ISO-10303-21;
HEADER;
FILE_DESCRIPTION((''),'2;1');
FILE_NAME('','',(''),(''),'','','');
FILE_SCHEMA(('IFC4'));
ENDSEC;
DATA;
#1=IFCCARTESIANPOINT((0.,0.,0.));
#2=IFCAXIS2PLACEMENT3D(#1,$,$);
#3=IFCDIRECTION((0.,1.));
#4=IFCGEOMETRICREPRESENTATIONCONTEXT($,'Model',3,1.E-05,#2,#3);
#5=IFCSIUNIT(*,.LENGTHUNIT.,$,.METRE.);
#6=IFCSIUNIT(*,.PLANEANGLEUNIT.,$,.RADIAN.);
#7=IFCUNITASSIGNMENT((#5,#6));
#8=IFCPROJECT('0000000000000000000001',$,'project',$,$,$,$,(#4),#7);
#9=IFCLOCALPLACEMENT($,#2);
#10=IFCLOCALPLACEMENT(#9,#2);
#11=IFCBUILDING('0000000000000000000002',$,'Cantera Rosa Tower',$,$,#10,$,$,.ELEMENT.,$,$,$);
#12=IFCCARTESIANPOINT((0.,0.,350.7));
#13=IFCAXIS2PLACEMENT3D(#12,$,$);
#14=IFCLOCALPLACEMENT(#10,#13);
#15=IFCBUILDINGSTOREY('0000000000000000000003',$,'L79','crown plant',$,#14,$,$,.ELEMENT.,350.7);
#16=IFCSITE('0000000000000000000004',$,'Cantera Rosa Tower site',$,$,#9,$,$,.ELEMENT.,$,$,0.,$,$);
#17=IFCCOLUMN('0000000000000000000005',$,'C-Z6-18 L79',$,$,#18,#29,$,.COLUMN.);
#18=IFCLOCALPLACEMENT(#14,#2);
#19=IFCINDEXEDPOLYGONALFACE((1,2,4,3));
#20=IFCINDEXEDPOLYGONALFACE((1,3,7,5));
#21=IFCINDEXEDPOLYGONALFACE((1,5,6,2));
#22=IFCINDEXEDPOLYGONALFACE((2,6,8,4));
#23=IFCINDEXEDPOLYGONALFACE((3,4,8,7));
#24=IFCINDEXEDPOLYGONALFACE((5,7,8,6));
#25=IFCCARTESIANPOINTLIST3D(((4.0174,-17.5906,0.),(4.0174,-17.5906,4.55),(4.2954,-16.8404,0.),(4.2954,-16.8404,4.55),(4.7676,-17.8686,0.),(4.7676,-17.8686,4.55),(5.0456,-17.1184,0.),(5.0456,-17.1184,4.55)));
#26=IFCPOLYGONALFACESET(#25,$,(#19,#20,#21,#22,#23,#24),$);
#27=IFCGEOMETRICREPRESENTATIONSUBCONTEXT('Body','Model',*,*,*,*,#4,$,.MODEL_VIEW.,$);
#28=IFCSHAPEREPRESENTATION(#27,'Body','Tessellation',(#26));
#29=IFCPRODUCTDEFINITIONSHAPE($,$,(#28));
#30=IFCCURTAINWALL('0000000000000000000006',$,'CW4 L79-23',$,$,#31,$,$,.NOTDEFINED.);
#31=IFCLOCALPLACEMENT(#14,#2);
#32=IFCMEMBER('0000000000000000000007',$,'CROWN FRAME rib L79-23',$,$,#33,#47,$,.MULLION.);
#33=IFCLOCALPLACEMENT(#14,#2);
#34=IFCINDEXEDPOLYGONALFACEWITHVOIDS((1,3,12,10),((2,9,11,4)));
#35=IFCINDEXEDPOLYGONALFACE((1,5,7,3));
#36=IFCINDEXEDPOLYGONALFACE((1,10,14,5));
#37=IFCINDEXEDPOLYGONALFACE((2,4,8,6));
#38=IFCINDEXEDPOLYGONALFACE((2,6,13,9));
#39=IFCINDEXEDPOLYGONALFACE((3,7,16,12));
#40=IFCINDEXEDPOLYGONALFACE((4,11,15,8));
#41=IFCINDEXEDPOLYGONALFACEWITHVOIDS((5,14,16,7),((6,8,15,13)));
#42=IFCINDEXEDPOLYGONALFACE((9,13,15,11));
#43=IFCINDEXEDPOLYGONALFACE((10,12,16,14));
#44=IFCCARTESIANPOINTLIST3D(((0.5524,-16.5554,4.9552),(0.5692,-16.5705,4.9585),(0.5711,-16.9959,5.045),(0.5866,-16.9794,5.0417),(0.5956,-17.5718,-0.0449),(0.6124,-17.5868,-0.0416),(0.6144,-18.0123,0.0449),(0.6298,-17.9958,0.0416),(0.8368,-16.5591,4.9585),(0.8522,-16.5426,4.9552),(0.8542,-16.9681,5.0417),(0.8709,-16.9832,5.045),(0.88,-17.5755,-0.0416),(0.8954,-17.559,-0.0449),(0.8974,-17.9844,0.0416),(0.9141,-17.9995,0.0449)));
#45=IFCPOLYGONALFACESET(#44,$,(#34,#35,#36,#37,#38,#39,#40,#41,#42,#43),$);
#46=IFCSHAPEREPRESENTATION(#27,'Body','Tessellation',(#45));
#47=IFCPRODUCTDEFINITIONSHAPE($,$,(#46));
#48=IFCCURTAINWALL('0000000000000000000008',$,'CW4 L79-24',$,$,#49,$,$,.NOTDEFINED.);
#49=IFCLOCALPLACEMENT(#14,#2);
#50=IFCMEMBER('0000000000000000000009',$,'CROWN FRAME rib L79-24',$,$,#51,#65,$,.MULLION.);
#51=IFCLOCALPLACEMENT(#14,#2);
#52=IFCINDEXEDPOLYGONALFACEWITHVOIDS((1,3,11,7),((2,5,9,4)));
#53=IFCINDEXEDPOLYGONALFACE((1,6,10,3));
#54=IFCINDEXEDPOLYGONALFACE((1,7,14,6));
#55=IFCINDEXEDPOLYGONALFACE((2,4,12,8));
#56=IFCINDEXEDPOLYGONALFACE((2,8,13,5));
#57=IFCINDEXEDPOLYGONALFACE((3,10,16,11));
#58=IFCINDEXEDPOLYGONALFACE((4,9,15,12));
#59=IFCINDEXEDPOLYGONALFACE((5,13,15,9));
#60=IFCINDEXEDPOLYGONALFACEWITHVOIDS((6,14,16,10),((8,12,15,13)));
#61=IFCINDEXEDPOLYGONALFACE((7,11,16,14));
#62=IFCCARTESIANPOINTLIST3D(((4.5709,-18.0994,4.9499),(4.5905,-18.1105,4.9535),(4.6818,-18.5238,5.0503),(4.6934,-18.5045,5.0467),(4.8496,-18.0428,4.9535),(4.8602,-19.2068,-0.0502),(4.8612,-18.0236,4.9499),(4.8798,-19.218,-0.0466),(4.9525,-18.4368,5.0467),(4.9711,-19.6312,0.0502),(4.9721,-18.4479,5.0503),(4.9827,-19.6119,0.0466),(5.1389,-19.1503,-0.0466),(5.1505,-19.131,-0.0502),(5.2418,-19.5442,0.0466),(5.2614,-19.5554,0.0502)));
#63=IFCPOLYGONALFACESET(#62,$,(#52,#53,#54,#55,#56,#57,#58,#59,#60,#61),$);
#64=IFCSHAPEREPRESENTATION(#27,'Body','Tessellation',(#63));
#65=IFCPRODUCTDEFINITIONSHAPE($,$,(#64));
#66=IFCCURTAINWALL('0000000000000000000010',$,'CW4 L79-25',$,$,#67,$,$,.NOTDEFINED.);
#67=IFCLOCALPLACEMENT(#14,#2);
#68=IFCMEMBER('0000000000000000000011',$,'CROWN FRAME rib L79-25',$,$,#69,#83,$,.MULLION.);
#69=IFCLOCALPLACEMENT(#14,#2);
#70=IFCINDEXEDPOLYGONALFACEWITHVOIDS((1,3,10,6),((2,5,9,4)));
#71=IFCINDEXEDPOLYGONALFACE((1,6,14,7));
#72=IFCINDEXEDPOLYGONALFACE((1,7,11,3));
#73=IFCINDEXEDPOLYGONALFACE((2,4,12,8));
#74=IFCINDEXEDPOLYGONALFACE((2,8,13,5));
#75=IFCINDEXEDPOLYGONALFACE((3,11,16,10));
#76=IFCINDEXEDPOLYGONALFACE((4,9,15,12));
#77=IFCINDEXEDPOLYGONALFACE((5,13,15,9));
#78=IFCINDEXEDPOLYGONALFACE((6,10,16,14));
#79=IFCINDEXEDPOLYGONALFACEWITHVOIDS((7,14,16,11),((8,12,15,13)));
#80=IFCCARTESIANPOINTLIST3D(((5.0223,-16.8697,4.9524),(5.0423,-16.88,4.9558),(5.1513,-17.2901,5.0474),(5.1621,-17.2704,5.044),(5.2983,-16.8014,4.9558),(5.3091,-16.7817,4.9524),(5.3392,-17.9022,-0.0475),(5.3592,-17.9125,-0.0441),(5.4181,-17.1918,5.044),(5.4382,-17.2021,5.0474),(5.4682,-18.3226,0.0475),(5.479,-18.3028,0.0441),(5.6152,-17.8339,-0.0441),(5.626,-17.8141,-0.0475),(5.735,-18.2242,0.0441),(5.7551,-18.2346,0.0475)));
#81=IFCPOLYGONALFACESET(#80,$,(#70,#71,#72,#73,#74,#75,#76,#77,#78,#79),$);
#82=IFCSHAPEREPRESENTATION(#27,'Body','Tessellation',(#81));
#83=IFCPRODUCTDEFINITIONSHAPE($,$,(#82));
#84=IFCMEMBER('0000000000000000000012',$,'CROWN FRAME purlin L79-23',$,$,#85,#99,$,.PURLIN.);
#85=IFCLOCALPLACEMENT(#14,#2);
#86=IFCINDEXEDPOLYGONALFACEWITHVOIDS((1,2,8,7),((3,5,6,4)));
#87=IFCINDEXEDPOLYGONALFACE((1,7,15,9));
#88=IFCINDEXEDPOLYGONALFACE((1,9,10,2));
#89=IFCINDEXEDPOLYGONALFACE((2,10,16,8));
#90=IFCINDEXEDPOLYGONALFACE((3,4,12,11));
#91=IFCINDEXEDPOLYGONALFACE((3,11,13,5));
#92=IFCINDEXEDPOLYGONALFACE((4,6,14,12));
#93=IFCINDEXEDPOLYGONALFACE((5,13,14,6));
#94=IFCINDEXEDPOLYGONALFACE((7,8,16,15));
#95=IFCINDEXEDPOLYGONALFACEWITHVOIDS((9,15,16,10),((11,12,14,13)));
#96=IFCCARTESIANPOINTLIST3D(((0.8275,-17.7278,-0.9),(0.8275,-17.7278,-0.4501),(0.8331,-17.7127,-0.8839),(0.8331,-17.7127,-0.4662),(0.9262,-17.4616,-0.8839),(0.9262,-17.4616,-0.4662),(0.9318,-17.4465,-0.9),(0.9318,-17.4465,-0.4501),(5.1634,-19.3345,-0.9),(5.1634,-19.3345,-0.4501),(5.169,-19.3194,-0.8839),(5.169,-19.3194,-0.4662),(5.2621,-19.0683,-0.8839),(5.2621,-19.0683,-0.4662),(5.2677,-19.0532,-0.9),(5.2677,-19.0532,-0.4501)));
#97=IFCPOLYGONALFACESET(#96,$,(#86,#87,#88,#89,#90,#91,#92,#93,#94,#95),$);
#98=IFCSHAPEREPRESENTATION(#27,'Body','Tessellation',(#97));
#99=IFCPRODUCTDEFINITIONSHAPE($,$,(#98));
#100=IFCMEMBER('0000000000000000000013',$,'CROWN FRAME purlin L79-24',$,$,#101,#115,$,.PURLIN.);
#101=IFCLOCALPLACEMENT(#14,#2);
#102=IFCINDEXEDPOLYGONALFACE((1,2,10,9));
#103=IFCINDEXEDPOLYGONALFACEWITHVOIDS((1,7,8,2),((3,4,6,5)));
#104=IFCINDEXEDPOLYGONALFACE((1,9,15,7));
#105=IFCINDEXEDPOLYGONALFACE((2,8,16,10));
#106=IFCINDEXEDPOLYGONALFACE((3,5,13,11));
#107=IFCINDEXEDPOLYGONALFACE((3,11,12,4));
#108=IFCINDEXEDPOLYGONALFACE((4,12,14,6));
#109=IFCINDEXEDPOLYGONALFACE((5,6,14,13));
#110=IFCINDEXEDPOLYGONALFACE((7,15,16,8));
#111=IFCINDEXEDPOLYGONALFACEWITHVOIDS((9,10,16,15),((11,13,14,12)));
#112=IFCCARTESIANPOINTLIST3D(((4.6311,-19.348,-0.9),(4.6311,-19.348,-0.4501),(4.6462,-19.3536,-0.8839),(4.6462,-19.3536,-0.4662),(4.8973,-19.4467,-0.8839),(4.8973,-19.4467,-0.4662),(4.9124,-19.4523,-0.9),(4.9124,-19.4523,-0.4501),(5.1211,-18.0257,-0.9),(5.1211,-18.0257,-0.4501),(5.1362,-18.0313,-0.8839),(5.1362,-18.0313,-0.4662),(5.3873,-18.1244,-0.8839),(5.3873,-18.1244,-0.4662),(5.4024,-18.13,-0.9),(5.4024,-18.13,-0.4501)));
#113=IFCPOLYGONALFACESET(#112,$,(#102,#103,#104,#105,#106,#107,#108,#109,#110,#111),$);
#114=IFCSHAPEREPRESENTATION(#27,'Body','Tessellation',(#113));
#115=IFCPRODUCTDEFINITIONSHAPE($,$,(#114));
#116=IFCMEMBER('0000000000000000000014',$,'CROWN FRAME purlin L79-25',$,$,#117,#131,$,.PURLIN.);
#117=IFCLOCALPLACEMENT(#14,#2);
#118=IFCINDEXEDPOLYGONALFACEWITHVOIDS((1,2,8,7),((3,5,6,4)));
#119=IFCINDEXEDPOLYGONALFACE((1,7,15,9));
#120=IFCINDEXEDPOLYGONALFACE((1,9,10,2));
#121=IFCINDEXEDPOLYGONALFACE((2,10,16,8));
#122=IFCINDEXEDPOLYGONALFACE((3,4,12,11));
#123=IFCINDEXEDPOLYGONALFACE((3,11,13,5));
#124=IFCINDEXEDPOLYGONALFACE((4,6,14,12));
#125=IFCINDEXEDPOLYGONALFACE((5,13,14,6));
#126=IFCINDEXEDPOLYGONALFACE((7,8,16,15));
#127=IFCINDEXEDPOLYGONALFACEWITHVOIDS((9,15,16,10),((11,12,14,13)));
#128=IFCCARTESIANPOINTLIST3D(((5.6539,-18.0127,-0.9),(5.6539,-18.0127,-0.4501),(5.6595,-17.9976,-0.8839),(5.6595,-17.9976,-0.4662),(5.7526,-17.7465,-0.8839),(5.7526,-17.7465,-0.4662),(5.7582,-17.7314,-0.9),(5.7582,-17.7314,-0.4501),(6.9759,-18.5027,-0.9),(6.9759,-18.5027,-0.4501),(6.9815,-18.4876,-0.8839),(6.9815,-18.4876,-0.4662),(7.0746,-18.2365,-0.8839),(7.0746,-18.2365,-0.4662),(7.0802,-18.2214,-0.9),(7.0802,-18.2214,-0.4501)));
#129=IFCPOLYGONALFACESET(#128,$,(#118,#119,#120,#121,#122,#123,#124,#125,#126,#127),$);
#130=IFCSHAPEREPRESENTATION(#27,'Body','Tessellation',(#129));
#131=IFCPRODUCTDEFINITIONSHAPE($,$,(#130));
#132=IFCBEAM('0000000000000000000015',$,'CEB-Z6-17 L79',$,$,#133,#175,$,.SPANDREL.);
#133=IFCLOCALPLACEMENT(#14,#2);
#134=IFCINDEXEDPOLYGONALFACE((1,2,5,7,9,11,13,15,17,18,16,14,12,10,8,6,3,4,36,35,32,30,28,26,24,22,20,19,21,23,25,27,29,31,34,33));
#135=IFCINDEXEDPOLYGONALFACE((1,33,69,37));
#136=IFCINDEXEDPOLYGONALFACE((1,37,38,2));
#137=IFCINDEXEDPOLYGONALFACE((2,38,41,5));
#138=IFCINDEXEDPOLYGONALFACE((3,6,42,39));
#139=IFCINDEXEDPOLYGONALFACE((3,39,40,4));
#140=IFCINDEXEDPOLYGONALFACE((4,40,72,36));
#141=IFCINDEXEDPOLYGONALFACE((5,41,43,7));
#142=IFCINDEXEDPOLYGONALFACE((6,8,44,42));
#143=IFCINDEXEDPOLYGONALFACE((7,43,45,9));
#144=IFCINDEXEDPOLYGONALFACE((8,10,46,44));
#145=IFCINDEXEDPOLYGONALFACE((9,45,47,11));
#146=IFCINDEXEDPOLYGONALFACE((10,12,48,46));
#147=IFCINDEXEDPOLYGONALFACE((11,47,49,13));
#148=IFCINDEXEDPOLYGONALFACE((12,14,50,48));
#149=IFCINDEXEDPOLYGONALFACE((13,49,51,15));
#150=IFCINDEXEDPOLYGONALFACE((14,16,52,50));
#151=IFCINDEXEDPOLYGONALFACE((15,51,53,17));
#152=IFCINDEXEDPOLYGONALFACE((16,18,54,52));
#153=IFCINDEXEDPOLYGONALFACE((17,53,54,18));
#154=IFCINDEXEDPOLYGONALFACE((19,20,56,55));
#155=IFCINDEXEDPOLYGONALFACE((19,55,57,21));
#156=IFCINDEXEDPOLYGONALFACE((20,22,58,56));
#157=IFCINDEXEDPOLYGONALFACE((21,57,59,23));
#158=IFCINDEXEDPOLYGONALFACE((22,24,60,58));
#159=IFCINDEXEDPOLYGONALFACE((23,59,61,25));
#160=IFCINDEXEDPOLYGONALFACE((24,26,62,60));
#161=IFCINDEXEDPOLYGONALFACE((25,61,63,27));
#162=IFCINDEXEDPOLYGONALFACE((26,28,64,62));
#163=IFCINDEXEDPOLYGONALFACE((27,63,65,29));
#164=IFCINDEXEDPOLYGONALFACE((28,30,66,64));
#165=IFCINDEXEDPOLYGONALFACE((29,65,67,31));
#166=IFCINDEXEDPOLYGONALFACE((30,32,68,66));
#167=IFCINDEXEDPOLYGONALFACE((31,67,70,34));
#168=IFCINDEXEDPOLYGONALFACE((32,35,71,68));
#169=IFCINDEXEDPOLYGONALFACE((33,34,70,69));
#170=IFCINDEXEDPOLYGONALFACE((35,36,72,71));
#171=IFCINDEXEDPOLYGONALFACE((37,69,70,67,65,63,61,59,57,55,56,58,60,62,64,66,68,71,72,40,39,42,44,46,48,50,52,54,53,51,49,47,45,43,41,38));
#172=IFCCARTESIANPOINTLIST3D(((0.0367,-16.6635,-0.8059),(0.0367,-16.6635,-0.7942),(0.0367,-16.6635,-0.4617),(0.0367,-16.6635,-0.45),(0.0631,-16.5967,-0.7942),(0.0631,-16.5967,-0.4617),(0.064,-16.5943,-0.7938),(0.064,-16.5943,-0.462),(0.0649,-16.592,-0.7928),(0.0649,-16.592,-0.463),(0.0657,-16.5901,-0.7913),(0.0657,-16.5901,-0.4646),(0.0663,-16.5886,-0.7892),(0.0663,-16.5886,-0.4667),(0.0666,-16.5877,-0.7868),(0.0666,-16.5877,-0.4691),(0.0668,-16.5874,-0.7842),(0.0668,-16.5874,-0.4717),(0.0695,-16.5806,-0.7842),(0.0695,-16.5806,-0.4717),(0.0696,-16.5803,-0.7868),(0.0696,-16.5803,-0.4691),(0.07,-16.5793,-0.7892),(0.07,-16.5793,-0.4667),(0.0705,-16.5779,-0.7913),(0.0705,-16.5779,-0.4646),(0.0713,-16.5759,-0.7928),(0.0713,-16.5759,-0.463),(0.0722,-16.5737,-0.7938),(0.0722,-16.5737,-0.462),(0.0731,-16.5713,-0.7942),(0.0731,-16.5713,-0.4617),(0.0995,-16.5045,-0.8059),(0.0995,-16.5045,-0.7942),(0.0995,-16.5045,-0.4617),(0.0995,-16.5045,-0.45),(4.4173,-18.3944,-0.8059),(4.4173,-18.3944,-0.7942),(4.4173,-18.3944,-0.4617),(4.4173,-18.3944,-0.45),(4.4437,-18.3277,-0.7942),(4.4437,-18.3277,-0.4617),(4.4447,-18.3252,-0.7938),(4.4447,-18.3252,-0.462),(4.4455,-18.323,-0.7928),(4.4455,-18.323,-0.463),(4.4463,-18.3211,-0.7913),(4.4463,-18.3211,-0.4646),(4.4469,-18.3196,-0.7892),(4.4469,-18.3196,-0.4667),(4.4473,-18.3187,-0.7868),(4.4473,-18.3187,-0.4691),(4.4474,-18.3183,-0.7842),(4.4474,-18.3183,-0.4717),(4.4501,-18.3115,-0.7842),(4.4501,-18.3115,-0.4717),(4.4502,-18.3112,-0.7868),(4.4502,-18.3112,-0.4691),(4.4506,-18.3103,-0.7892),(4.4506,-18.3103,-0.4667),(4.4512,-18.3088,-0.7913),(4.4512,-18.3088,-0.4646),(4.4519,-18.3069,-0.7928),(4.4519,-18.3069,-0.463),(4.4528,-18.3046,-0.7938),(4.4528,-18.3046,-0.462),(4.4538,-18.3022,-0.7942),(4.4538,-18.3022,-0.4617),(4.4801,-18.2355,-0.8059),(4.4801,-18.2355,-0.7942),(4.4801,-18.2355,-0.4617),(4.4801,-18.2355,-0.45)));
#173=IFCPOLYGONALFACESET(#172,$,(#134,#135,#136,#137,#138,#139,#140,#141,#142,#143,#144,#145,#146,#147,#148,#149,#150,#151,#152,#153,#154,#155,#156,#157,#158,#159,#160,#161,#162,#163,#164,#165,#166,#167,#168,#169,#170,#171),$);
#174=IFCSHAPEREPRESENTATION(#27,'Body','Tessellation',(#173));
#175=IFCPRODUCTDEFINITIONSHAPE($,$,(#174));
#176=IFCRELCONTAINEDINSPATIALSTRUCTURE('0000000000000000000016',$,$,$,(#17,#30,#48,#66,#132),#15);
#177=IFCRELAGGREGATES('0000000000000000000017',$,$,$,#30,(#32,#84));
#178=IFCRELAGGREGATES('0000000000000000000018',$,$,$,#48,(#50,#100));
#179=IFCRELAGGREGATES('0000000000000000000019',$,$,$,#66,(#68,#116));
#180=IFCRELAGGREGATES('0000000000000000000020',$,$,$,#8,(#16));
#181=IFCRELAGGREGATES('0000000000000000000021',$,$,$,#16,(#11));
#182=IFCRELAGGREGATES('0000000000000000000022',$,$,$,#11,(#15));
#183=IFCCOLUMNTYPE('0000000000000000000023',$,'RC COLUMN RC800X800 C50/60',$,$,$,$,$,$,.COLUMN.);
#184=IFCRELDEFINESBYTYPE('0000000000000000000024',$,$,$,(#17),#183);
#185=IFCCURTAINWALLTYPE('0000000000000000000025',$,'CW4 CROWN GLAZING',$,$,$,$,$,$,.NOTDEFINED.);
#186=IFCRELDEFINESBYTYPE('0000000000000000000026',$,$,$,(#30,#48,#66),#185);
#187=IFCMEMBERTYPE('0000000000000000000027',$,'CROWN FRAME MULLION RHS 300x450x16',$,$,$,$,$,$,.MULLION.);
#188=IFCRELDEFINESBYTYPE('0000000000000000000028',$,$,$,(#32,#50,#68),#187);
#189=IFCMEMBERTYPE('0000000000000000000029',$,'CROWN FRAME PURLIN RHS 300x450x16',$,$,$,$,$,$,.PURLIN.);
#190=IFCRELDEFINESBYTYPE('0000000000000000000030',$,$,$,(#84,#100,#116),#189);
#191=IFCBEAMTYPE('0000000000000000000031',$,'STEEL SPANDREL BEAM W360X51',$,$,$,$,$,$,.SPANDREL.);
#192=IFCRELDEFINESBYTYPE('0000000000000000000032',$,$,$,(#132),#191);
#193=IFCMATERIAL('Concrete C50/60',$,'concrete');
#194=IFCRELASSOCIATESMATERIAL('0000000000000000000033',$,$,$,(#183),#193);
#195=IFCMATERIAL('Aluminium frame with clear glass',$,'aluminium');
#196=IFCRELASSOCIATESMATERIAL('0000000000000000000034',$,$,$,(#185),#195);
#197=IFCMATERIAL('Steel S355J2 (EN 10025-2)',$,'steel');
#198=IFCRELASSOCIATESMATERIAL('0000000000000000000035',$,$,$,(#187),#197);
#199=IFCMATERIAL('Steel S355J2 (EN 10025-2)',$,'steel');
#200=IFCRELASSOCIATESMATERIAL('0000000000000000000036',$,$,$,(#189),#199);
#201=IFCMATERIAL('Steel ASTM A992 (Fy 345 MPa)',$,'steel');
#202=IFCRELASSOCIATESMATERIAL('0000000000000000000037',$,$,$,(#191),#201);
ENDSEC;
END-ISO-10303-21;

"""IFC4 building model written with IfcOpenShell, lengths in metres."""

from ifc_helpers import new_model, si_unit, direction, frame, origin, origin_2d, place, context, subcontext, project, spatial, rectangle, hollow_rectangle, i_section, extrude, material, material_profile, profile_set, type_object, element, aggregate, save


model = new_model("IFC4")

# Units and contexts
model_context = context("Model", 3, precision=1e-05, world=origin(), true_north=direction((0.0, 1.0)))
body_context = subcontext(model_context, "Body", "Model", "MODEL_VIEW")
ifc_project = project(units=[si_unit("LENGTHUNIT", "METRE"), si_unit("PLANEANGLEUNIT", "RADIAN")], contexts=[model_context])

# Site, building, storey
site_placement = place(None, origin())
site = spatial("IfcSite", under=ifc_project, at=site_placement, Name="Cantera Rosa Tower site", CompositionType="ELEMENT", RefElevation=0.0)
building_placement = place(site_placement, origin())
building = spatial("IfcBuilding", under=site, at=building_placement, Name="Cantera Rosa Tower", CompositionType="ELEMENT")
storey_placement = place(building_placement, frame((0.0, 0.0, 350.7)))
storey = spatial("IfcBuildingStorey", under=building, at=storey_placement, Name="L79", Description="crown plant", CompositionType="ELEMENT", Elevation=350.7)

# Column
ifc_material_1 = material(Name="Concrete C50/60", Category="concrete")
ifc_material_profile_1 = material_profile(ifc_material_1, rectangle(XDim=0.8, YDim=0.8, at=origin_2d()), Name="RC COLUMN RC800X800 C50/60")
ifc_profile_set_1 = profile_set([ifc_material_profile_1], Name="Concrete C50/60")
column_type = type_object("IfcColumnType", Name="RC COLUMN RC800X800 C50/60", PredefinedType="COLUMN", material=ifc_profile_set_1)
column_placement = place(storey_placement, frame((4.5315, -17.3545, 0.0), z_axis=(0.0, 0.0, 1.0), x_axis=(0.347481, 0.937687, 0.0)))
element("IfcColumn", 1, at=column_placement, inside=storey, type_object=column_type, Name="C-Z6-18 L79", PredefinedType="COLUMN", context=body_context, shape_type="SweptSolid", body=[
    extrude(rectangle(XDim=0.8, YDim=0.8, at=origin_2d()), origin(), (0.0, 0.0, 1.0), 4.55),
])

# Curtain walls, members
ifc_material_2 = material(Name="Aluminium frame with clear glass", Category="aluminium")
curtain_wall_type = type_object("IfcCurtainWallType", Name="CW4 CROWN GLAZING", PredefinedType="NOTDEFINED", material=ifc_material_2)
curtain_wall_1_placement = place(storey_placement, origin())
curtain_wall_1 = element("IfcCurtainWall", 2, at=curtain_wall_1_placement, inside=storey, type_object=curtain_wall_type, Name="CW4 L79-23", PredefinedType="NOTDEFINED")
ifc_material_3 = material(Name="Steel S355J2 (EN 10025-2)", Category="steel")
ifc_material_profile_2 = material_profile(ifc_material_3, hollow_rectangle(XDim=0.3, YDim=0.45, WallThickness=0.0161, at=origin_2d()), Name="CROWN FRAME MULLION RHS 300x450x16")
ifc_profile_set_2 = profile_set([ifc_material_profile_2], Name="Steel S355J2 (EN 10025-2)")
member_type_1 = type_object("IfcMemberType", Name="CROWN FRAME MULLION RHS 300x450x16", PredefinedType="MULLION", material=ifc_profile_set_2)
member_1_placement = place(storey_placement, frame((0.7549, -17.7856, 0.0), z_axis=(-0.008469, 0.199191, 0.979924), x_axis=(-0.999097, -0.042479, 0.0)))
member_1 = element("IfcMember", 3, at=member_1_placement, type_object=member_type_1, Name="CROWN FRAME rib L79-23", PredefinedType="MULLION", context=body_context, shape_type="SweptSolid", body=[
    extrude(hollow_rectangle(XDim=0.3, YDim=0.45, WallThickness=0.0161, at=origin_2d()), origin(), (0.0, 0.0, 1.0), 5.1025),
])
curtain_wall_2_placement = place(storey_placement, origin())
curtain_wall_2 = element("IfcCurtainWall", 4, at=curtain_wall_2_placement, inside=storey, type_object=curtain_wall_type, Name="CW4 L79-24", PredefinedType="NOTDEFINED")
member_2_placement = place(storey_placement, frame((5.0608, -19.3811, 0.0), z_axis=(-0.056402, 0.2159, 0.974785), x_axis=(-0.967529, -0.252761, 0.0)))
member_2 = element("IfcMember", 5, at=member_2_placement, type_object=member_type_1, Name="CROWN FRAME rib L79-24", PredefinedType="MULLION", context=body_context, shape_type="SweptSolid", body=[
    extrude(hollow_rectangle(XDim=0.3, YDim=0.45, WallThickness=0.0161, at=origin_2d()), origin(), (0.0, 0.0, 1.0), 5.1294),
])
curtain_wall_3_placement = place(storey_placement, origin())
curtain_wall_3 = element("IfcCurtainWall", 6, at=curtain_wall_3_placement, inside=storey, type_object=curtain_wall_type, Name="CW4 L79-25", PredefinedType="NOTDEFINED")
member_3_placement = place(storey_placement, frame((5.5471, -18.0684, 0.0), z_axis=(-0.06195, 0.201839, 0.977457), x_axis=(-0.955984, -0.293419, 0.0)))
member_3 = element("IfcMember", 7, at=member_3_placement, type_object=member_type_1, Name="CROWN FRAME rib L79-25", PredefinedType="MULLION", context=body_context, shape_type="SweptSolid", body=[
    extrude(hollow_rectangle(XDim=0.3, YDim=0.45, WallThickness=0.0161, at=origin_2d()), origin(), (0.0, 0.0, 1.0), 5.1152),
])

# Members
ifc_material_4 = material(Name="Steel S355J2 (EN 10025-2)", Category="steel")
ifc_material_profile_3 = material_profile(ifc_material_4, hollow_rectangle(XDim=0.3, YDim=0.45, WallThickness=0.0161, at=origin_2d()), Name="CROWN FRAME PURLIN RHS 300x450x16")
ifc_profile_set_3 = profile_set([ifc_material_profile_3], Name="Steel S355J2 (EN 10025-2)")
member_type_2 = type_object("IfcMemberType", Name="CROWN FRAME PURLIN RHS 300x450x16", PredefinedType="PURLIN", material=ifc_profile_set_3)
member_4_placement = place(storey_placement, frame((0.8796, -17.5872, -0.675), z_axis=(0.937693, -0.347464, 0.0), x_axis=(0.347464, 0.937693, 0.0)))
member_4 = element("IfcMember", 8, at=member_4_placement, type_object=member_type_2, Name="CROWN FRAME purlin L79-23", PredefinedType="PURLIN", context=body_context, shape_type="SweptSolid", body=[
    extrude(hollow_rectangle(XDim=0.3, YDim=0.45, WallThickness=0.0161, at=origin_2d()), origin(), (0.0, 0.0, 1.0), 4.624),
])
member_5_placement = place(storey_placement, frame((4.7717, -19.4001, -0.675), z_axis=(0.347478, 0.937688, 0.0), x_axis=(-0.937688, 0.347478, 0.0)))
member_5 = element("IfcMember", 9, at=member_5_placement, type_object=member_type_2, Name="CROWN FRAME purlin L79-24", PredefinedType="PURLIN", context=body_context, shape_type="SweptSolid", body=[
    extrude(hollow_rectangle(XDim=0.3, YDim=0.45, WallThickness=0.0161, at=origin_2d()), origin(), (0.0, 0.0, 1.0), 1.4102),
])
member_6_placement = place(storey_placement, frame((5.7061, -17.8721, -0.675), z_axis=(0.937667, -0.347534, 0.0), x_axis=(0.347534, 0.937667, 0.0)))
member_6 = element("IfcMember", 10, at=member_6_placement, type_object=member_type_2, Name="CROWN FRAME purlin L79-25", PredefinedType="PURLIN", context=body_context, shape_type="SweptSolid", body=[
    extrude(hollow_rectangle(XDim=0.3, YDim=0.45, WallThickness=0.0161, at=origin_2d()), origin(), (0.0, 0.0, 1.0), 1.4099),
])

# Beam
ifc_material_5 = material(Name="Steel ASTM A992 (Fy 345 MPa)", Category="steel")
ifc_material_profile_4 = material_profile(ifc_material_5, i_section(OverallWidth=0.1709, OverallDepth=0.356, WebThickness=0.0073, FlangeThickness=0.0117, FilletRadius=0.01, at=origin_2d()), Name="W360X51")
ifc_profile_set_4 = profile_set([ifc_material_profile_4], Name="Steel ASTM A992 (Fy 345 MPa)")
beam_type = type_object("IfcBeamType", Name="STEEL SPANDREL BEAM W360X51", PredefinedType="SPANDREL", material=ifc_profile_set_4)
beam_1_placement = place(storey_placement, frame((0.0681, -16.584, -0.6279), z_axis=(0.930027, -0.367491, 0.0), x_axis=(0.367491, 0.930027, 0.0)))
element("IfcBeam", 11, at=beam_1_placement, inside=storey, type_object=beam_type, Name="CEB-Z6-17 L79", PredefinedType="SPANDREL", context=body_context, shape_type="SweptSolid", body=[
    extrude(i_section(OverallWidth=0.1709, OverallDepth=0.356, WebThickness=0.0073, FlangeThickness=0.0117, FilletRadius=0.01, at=origin_2d()), origin(), (0.0, 0.0, 1.0), 4.7102),
])

aggregate(curtain_wall_1, [member_1, member_4])
aggregate(curtain_wall_2, [member_2, member_5])
aggregate(curtain_wall_3, [member_3, member_6])

save(model, "model.ifc")
